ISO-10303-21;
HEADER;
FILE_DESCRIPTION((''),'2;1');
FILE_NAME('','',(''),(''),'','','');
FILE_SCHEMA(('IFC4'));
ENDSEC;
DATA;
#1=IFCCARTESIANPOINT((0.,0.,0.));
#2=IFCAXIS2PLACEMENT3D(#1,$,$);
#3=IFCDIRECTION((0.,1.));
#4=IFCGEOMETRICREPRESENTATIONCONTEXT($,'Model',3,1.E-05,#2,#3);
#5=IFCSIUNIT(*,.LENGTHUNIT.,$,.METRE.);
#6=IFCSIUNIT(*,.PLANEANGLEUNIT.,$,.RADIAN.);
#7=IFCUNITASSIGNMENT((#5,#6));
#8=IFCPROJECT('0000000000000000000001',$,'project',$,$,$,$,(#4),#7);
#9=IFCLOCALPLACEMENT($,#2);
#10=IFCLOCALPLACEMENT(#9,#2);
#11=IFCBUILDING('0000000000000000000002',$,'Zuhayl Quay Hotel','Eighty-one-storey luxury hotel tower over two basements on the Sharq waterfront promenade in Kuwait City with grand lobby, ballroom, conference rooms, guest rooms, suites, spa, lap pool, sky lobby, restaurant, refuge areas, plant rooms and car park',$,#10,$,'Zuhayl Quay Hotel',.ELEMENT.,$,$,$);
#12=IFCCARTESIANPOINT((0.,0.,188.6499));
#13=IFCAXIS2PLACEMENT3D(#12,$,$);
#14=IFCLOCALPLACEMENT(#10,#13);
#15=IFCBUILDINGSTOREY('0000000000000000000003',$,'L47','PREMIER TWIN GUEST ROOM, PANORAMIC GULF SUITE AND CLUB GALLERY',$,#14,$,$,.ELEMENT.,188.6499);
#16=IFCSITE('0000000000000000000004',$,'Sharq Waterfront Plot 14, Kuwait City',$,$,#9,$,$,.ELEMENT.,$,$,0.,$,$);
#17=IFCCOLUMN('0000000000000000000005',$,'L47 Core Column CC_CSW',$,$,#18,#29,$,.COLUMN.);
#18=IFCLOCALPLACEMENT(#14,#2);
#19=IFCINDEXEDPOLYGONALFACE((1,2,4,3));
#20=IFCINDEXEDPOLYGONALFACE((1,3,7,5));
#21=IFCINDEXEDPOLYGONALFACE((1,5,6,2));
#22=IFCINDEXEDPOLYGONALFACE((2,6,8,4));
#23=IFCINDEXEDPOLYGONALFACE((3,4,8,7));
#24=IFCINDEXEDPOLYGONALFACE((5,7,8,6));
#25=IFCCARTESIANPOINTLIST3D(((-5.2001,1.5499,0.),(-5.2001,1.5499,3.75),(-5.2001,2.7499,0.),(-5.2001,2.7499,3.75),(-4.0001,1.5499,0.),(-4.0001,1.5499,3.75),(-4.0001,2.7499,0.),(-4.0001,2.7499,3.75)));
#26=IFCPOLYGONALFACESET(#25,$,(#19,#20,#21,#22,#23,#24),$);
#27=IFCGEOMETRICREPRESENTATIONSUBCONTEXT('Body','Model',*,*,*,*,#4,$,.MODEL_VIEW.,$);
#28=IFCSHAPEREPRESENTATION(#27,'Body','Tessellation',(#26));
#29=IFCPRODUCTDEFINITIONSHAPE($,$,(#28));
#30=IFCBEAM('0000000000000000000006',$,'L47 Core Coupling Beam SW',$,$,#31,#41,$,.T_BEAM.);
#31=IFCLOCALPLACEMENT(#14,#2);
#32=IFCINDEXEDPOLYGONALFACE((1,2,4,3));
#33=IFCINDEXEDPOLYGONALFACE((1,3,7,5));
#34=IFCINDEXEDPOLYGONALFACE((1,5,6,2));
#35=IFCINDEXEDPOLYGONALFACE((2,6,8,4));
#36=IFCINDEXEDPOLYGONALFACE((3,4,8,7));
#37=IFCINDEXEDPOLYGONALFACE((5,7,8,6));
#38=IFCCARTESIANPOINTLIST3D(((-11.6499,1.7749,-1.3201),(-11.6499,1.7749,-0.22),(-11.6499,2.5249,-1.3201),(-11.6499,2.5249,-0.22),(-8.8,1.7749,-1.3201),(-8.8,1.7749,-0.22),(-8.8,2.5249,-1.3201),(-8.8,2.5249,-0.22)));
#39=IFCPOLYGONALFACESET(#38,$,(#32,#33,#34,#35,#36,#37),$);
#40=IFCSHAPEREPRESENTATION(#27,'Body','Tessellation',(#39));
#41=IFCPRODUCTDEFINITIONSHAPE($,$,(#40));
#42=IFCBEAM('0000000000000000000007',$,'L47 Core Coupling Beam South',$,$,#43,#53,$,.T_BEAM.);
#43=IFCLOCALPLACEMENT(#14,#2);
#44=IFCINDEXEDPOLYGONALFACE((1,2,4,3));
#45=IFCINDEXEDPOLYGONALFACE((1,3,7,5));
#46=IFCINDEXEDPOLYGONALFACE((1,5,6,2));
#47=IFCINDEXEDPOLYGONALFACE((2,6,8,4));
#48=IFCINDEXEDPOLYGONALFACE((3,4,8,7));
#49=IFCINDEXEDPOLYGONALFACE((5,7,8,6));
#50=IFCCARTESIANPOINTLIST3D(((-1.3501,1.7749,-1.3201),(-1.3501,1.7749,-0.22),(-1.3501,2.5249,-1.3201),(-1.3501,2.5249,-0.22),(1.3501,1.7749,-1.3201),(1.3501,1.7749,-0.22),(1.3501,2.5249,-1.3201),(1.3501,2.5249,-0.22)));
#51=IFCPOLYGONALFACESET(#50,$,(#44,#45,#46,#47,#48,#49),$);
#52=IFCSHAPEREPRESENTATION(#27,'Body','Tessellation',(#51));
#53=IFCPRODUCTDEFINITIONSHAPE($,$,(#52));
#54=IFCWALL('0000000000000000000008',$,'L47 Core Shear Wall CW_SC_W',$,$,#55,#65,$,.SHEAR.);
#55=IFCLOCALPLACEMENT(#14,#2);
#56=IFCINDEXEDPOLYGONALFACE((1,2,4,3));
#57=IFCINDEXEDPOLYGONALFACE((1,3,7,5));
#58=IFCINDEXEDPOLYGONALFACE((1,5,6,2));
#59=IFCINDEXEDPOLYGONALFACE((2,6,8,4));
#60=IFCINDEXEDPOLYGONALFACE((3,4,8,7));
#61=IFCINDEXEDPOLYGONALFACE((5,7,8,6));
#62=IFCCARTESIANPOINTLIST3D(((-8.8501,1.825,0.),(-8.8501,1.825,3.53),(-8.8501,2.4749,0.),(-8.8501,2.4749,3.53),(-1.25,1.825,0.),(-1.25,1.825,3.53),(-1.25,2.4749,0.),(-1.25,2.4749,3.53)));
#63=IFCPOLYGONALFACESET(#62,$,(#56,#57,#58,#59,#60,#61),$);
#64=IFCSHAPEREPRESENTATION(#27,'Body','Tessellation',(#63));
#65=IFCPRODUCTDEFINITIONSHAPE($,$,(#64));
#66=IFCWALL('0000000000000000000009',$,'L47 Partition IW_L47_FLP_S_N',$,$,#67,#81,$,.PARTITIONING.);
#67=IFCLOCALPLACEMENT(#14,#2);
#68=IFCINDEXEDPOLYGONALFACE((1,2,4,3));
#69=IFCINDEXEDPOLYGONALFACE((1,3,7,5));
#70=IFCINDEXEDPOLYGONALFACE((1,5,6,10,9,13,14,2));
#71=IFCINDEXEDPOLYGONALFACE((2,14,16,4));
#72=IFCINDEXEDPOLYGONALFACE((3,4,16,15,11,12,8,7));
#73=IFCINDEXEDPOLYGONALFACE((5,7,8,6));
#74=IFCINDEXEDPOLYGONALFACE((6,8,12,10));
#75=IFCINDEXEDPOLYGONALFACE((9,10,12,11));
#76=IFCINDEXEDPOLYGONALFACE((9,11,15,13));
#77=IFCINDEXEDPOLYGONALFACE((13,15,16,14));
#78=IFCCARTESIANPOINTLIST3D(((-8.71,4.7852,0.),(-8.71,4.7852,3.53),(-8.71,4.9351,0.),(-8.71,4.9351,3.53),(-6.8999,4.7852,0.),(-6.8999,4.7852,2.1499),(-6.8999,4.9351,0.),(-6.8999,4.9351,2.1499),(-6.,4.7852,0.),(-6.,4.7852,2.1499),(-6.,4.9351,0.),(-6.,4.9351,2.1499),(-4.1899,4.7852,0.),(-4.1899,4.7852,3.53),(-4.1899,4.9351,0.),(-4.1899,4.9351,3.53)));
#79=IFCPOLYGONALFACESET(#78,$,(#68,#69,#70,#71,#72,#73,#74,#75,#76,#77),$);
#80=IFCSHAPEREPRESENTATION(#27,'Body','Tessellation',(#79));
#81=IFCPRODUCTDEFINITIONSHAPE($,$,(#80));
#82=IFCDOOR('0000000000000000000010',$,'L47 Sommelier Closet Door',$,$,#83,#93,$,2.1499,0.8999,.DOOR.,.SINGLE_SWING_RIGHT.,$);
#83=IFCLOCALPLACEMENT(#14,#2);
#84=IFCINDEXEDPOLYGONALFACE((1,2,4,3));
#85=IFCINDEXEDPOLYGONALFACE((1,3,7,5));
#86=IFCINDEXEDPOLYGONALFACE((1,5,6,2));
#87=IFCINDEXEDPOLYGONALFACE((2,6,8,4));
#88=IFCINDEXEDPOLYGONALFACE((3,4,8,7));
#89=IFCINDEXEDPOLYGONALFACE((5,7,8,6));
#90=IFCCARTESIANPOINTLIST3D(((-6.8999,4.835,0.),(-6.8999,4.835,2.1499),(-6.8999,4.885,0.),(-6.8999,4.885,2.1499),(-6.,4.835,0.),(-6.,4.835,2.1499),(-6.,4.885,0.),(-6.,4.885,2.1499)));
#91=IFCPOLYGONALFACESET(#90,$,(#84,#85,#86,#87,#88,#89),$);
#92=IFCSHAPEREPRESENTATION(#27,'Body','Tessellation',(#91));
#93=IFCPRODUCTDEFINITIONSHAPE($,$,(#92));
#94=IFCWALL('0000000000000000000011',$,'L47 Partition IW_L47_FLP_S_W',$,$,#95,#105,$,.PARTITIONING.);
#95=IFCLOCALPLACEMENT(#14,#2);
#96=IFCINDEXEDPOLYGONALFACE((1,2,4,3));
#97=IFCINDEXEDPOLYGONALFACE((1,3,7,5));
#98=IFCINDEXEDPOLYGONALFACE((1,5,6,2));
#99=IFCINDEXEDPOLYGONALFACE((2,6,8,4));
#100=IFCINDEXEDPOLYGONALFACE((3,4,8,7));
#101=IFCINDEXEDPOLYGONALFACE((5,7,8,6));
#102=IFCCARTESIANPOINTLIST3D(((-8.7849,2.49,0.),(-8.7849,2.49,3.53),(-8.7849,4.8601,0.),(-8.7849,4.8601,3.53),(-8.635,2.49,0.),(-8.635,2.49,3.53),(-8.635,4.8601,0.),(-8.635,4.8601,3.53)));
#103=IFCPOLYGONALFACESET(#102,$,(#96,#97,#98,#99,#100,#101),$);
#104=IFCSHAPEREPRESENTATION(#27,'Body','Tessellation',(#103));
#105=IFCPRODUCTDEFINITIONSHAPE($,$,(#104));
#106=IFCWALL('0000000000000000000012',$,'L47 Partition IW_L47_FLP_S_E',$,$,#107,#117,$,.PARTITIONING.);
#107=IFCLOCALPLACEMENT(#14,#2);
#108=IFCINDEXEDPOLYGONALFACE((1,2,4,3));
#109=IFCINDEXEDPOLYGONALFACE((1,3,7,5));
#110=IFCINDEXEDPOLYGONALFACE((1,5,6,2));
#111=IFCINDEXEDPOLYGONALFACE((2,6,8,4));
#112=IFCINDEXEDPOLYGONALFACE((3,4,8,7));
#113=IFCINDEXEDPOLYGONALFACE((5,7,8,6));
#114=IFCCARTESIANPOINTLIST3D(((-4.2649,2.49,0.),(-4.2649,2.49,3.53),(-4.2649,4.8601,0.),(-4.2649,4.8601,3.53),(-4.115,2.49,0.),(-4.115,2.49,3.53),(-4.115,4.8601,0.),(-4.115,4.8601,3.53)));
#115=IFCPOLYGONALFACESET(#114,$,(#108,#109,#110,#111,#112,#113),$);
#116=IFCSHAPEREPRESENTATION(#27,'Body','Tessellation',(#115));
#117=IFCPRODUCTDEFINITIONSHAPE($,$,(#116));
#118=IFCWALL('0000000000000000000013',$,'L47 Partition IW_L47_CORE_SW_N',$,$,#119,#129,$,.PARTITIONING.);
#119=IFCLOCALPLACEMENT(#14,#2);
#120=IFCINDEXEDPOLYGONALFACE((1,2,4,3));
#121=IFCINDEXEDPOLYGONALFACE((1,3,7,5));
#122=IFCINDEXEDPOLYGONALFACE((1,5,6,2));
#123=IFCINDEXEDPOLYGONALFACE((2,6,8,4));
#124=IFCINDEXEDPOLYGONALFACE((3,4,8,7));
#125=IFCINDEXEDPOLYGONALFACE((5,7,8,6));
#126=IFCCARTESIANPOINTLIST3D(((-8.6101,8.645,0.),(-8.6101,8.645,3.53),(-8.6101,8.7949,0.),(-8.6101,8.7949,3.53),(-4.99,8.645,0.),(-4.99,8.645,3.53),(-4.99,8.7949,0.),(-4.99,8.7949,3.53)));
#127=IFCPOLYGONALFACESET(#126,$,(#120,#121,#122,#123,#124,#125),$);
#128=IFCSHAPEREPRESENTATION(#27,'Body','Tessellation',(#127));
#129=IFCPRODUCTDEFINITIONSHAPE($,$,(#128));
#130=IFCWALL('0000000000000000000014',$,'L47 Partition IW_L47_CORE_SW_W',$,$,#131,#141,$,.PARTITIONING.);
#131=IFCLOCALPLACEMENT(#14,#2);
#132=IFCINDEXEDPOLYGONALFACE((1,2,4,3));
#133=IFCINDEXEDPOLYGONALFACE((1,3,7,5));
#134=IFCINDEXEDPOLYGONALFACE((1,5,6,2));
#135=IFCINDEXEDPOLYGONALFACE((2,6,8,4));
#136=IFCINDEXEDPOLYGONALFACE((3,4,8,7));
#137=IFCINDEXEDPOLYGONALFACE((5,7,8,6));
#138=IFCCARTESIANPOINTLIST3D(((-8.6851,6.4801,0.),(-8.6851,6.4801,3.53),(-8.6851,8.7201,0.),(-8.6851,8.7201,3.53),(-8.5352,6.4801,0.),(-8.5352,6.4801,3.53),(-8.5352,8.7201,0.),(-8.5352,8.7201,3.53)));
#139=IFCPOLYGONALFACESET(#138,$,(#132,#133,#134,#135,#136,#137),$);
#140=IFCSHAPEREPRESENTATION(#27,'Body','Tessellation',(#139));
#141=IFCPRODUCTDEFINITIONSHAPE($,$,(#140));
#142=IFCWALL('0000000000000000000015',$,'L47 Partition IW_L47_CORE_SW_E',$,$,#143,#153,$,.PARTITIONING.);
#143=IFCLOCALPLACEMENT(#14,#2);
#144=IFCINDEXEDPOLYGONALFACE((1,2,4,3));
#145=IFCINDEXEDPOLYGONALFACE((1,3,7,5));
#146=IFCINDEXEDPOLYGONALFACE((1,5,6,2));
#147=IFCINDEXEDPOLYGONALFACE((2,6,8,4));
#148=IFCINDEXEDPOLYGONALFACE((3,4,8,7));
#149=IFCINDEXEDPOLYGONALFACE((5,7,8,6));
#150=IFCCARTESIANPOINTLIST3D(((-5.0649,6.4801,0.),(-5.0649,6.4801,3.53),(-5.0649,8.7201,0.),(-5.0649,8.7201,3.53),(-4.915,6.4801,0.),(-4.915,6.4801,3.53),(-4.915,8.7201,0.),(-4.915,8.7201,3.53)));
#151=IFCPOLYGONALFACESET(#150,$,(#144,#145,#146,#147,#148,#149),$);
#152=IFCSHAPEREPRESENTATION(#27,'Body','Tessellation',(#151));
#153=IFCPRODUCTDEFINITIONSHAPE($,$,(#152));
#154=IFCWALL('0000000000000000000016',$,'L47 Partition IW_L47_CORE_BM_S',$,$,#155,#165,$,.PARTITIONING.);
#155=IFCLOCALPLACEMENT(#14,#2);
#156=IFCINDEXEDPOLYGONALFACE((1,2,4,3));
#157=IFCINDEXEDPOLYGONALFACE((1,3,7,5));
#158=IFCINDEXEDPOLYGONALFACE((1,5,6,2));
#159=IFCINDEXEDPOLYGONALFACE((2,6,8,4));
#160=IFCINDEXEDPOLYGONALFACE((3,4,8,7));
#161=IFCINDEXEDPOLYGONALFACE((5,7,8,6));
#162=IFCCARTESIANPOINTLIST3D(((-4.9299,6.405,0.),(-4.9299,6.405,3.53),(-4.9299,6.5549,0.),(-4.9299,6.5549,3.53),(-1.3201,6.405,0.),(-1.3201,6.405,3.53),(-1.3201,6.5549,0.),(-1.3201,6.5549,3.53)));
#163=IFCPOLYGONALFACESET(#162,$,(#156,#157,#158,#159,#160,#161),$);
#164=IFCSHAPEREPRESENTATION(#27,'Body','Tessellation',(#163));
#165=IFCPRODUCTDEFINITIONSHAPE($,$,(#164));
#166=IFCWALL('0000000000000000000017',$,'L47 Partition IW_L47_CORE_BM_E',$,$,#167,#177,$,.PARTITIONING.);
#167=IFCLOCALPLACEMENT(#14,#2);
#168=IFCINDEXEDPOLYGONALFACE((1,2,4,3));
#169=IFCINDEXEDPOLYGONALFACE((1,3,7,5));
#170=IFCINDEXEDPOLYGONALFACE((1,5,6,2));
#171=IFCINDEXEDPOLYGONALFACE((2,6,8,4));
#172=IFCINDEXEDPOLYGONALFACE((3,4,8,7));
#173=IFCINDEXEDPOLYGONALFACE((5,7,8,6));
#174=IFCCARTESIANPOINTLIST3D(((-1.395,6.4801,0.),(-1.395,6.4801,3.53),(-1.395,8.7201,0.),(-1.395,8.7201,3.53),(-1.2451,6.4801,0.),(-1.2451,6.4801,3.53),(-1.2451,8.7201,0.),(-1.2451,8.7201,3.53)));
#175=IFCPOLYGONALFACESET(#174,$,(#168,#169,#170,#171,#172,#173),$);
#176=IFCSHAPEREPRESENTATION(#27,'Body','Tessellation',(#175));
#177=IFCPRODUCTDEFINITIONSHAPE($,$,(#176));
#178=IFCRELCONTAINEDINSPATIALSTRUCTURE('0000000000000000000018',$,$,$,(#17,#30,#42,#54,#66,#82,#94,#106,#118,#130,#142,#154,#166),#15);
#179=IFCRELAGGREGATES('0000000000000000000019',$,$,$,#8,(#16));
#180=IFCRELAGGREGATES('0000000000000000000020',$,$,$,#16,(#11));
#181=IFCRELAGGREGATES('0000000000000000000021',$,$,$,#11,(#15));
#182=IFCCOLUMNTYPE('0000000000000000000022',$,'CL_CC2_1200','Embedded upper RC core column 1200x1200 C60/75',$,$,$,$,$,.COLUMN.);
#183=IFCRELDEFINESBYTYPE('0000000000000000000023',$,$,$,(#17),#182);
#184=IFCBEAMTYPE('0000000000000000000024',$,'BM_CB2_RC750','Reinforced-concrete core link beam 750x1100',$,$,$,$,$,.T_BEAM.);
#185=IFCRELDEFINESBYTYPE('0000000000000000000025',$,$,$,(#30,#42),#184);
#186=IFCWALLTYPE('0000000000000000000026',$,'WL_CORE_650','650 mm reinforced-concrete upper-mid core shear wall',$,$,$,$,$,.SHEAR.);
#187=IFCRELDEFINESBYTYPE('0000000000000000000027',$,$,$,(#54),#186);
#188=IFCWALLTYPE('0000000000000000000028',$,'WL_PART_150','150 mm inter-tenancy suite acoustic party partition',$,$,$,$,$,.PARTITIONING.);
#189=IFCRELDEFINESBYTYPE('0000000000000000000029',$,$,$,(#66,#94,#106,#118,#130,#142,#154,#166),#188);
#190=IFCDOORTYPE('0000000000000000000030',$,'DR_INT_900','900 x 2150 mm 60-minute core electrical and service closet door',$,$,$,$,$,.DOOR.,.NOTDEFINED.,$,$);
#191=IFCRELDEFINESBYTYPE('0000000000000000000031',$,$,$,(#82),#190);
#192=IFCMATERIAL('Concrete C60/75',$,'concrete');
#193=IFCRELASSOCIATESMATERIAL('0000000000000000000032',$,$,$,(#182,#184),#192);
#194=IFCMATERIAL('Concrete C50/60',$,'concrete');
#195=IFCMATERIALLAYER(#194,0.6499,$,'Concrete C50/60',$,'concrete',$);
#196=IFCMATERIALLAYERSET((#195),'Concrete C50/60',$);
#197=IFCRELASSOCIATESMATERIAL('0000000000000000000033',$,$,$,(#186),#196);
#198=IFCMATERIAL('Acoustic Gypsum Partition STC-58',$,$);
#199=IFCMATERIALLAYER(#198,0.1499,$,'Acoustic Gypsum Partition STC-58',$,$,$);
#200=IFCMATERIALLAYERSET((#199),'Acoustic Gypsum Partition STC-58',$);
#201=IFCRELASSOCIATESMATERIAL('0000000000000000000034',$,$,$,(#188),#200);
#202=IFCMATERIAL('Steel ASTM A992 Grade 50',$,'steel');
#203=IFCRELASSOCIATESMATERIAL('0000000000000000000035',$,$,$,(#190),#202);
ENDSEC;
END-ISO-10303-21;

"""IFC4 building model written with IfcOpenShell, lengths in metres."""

from ifc_helpers import new_model, si_unit, direction, frame, frame_2d, origin, origin_2d, place, context, subcontext, project, spatial, rectangle, extrude, material, layer, layer_set, material_profile, profile_set, type_object, element, fill, save


model = new_model("IFC4")

# Units and contexts
model_context = context("Model", 3, precision=1e-05, world=origin(), true_north=direction((0.0, 1.0)))
body_context = subcontext(model_context, "Body", "Model", "MODEL_VIEW")
ifc_project = project(units=[si_unit("LENGTHUNIT", "METRE"), si_unit("PLANEANGLEUNIT", "RADIAN")], contexts=[model_context])

# Site, building, storey
site_placement = place(None, origin())
site = spatial("IfcSite", under=ifc_project, at=site_placement, Name="Sharq Waterfront Plot 14, Kuwait City", CompositionType="ELEMENT", RefElevation=0.0)
building_placement = place(site_placement, origin())
building = spatial("IfcBuilding", under=site, at=building_placement, Name="Zuhayl Quay Hotel", Description="Eighty-one-storey luxury hotel tower over two basements on the Sharq waterfront promenade in Kuwait City with grand lobby, ballroom, conference rooms, guest rooms, suites, spa, lap pool, sky lobby, restaurant, refuge areas, plant rooms and car park", LongName="Zuhayl Quay Hotel", CompositionType="ELEMENT")
storey_placement = place(building_placement, frame((0.0, 0.0, 188.6499)))
storey = spatial("IfcBuildingStorey", under=building, at=storey_placement, Name="L47", Description="PREMIER TWIN GUEST ROOM, PANORAMIC GULF SUITE AND CLUB GALLERY", CompositionType="ELEMENT", Elevation=188.6499)

# Column
ifc_material_1 = material(Name="Concrete C60/75", Category="concrete")
ifc_material_profile_1 = material_profile(ifc_material_1, rectangle(XDim=1.2, YDim=1.2, at=origin_2d()), Name="RC1200X1200")
ifc_profile_set_1 = profile_set([ifc_material_profile_1], Name="Concrete C60/75")
column_type = type_object("IfcColumnType", Name="CL_CC2_1200", Description="Embedded upper RC core column 1200x1200 C60/75", PredefinedType="COLUMN", material=ifc_profile_set_1)
column_placement = place(storey_placement, frame((-4.6001, 2.1499, 0.0), z_axis=(0.0, 0.0, 1.0), x_axis=(1.0, 0.0, 0.0)))
element("IfcColumn", 1, at=column_placement, inside=storey, type_object=column_type, Name="L47 Core Column CC_CSW", PredefinedType="COLUMN", context=body_context, shape_type="SweptSolid", body=[
    extrude(rectangle(XDim=1.2, YDim=1.2, at=origin_2d()), origin(), (0.0, 0.0, 1.0), 3.75),
])

# Beams
ifc_material_profile_2 = material_profile(ifc_material_1, rectangle(XDim=0.75, YDim=1.1001, at=origin_2d()), Name="RC750X1100")
ifc_profile_set_2 = profile_set([ifc_material_profile_2], Name="Concrete C60/75")
beam_type = type_object("IfcBeamType", Name="BM_CB2_RC750", Description="Reinforced-concrete core link beam 750x1100", PredefinedType="T_BEAM", material=ifc_profile_set_2)
beam_1_placement = place(storey_placement, frame((-11.6499, 2.1499, -0.77), z_axis=(1.0, 0.0, 0.0), x_axis=(0.0, 1.0, 0.0)))
element("IfcBeam", 2, at=beam_1_placement, inside=storey, type_object=beam_type, Name="L47 Core Coupling Beam SW", PredefinedType="T_BEAM", context=body_context, shape_type="SweptSolid", body=[
    extrude(rectangle(XDim=0.75, YDim=1.1001, at=origin_2d()), origin(), (0.0, 0.0, 1.0), 2.8499),
])
beam_2_placement = place(storey_placement, frame((-1.3501, 2.1499, -0.77), z_axis=(1.0, 0.0, 0.0), x_axis=(0.0, 1.0, 0.0)))
element("IfcBeam", 3, at=beam_2_placement, inside=storey, type_object=beam_type, Name="L47 Core Coupling Beam South", PredefinedType="T_BEAM", context=body_context, shape_type="SweptSolid", body=[
    extrude(rectangle(XDim=0.75, YDim=1.1001, at=origin_2d()), origin(), (0.0, 0.0, 1.0), 2.7002),
])

# Wall
ifc_material_2 = material(Name="Concrete C50/60", Category="concrete")
ifc_layer_1 = layer(ifc_material_2, 0.6499, Name="Concrete C50/60", Category="concrete")
ifc_layer_set_1 = layer_set([ifc_layer_1], Name="Concrete C50/60")
wall_type_1 = type_object("IfcWallType", Name="WL_CORE_650", Description="650 mm reinforced-concrete upper-mid core shear wall", PredefinedType="SHEAR", material=ifc_layer_set_1)
wall_1_placement = place(storey_placement, frame((-8.8501, 2.1499, 0.0), z_axis=(0.0, 0.0, 1.0), x_axis=(1.0, 0.0, 0.0)))
element("IfcWall", 4, at=wall_1_placement, inside=storey, type_object=wall_type_1, Name="L47 Core Shear Wall CW_SC_W", PredefinedType="SHEAR", context=body_context, shape_type="SweptSolid", body=[
    extrude(rectangle(XDim=7.6001, YDim=0.6499, at=frame_2d((3.8, 0.0))), origin(), (0.0, 0.0, 1.0), 3.53),
])

# Wall, opening, door
ifc_material_3 = material(Name="Acoustic Gypsum Partition STC-58")
ifc_layer_2 = layer(ifc_material_3, 0.1499, Name="Acoustic Gypsum Partition STC-58")
ifc_layer_set_2 = layer_set([ifc_layer_2], Name="Acoustic Gypsum Partition STC-58")
wall_type_2 = type_object("IfcWallType", Name="WL_PART_150", Description="150 mm inter-tenancy suite acoustic party partition", PredefinedType="PARTITIONING", material=ifc_layer_set_2)
wall_2_placement = place(storey_placement, frame((-8.71, 4.8601, 0.0), z_axis=(0.0, 0.0, 1.0), x_axis=(1.0, 0.0, 0.0)))
wall_2 = element("IfcWall", 5, at=wall_2_placement, inside=storey, type_object=wall_type_2, Name="L47 Partition IW_L47_FLP_S_N", PredefinedType="PARTITIONING", context=body_context, shape_type="SweptSolid", body=[
    extrude(rectangle(XDim=4.52, YDim=0.1499, at=frame_2d((2.26, 0.0))), origin(), (0.0, 0.0, 1.0), 3.53),
])
opening_1_placement = place(wall_2_placement, frame((1.8101, 0.0, 0.0)))
opening_1 = element("IfcOpeningElement", 6, at=opening_1_placement, cuts=wall_2, PredefinedType="OPENING", context=body_context, shape_type="SweptSolid", body=[
    extrude(rectangle(XDim=0.8999, YDim=2.1499, at=frame_2d((0.45, 1.075))), frame((0.0, 0.085, 0.0), z_axis=(0.0, -1.0, 0.0), x_axis=(1.0, 0.0, 0.0)), (0.0, 0.0, 1.0), 0.1699),
])
ifc_material_4 = material(Name="Steel ASTM A992 Grade 50", Category="steel")
door_type_1 = type_object("IfcDoorType", Name="DR_INT_900", Description="900 x 2150 mm 60-minute core electrical and service closet door", OperationType="NOTDEFINED", PredefinedType="DOOR", material=ifc_material_4)
door_1_placement = place(opening_1_placement, origin())
door_1 = element("IfcDoor", 7, at=door_1_placement, inside=storey, type_object=door_type_1, Name="L47 Sommelier Closet Door", OperationType="SINGLE_SWING_RIGHT", OverallHeight=2.1499, OverallWidth=0.8999, PredefinedType="DOOR", context=body_context, shape_type="SweptSolid", body=[
    extrude(rectangle(XDim=0.8999, YDim=2.1499, at=frame_2d((0.45, 1.075))), frame((0.0, 0.0249, 0.0), z_axis=(0.0, -1.0, 0.0), x_axis=(1.0, 0.0, 0.0)), (0.0, 0.0, 1.0), 0.05),
])
fill(opening_1, door_1)

# Walls
for number, where, z_axis, x_axis, name in (
    (8, (-8.71, 2.49, 0.0), (0.0, 0.0, 1.0), (0.0, 1.0, 0.0), "L47 Partition IW_L47_FLP_S_W"),
    (9, (-4.1899, 2.49, 0.0), (0.0, 0.0, 1.0), (0.0, 1.0, 0.0), "L47 Partition IW_L47_FLP_S_E"),
):
    element("IfcWall", number, at=place(storey_placement, frame(where, z_axis=z_axis, x_axis=x_axis)), inside=storey, type_object=wall_type_2, Name=name, PredefinedType="PARTITIONING", context=body_context, shape_type="SweptSolid", body=[
        extrude(rectangle(XDim=2.3701, YDim=0.1499, at=frame_2d((1.1851, 0.0))), origin(), (0.0, 0.0, 1.0), 3.53),
    ])
wall_3_placement = place(storey_placement, frame((-8.6101, 8.72, 0.0), z_axis=(0.0, 0.0, 1.0), x_axis=(1.0, 0.0, 0.0)))
element("IfcWall", 10, at=wall_3_placement, inside=storey, type_object=wall_type_2, Name="L47 Partition IW_L47_CORE_SW_N", PredefinedType="PARTITIONING", context=body_context, shape_type="SweptSolid", body=[
    extrude(rectangle(XDim=3.6201, YDim=0.1499, at=frame_2d((1.8101, 0.0))), origin(), (0.0, 0.0, 1.0), 3.53),
])
for number, where, z_axis, x_axis, name in (
    (11, (-8.6101, 6.48, 0.0), (0.0, 0.0, 1.0), (0.0, 1.0, 0.0), "L47 Partition IW_L47_CORE_SW_W"),
    (12, (-4.99, 6.48, 0.0), (0.0, 0.0, 1.0), (0.0, 1.0, 0.0), "L47 Partition IW_L47_CORE_SW_E"),
):
    element("IfcWall", number, at=place(storey_placement, frame(where, z_axis=z_axis, x_axis=x_axis)), inside=storey, type_object=wall_type_2, Name=name, PredefinedType="PARTITIONING", context=body_context, shape_type="SweptSolid", body=[
        extrude(rectangle(XDim=2.24, YDim=0.1499, at=frame_2d((1.1201, 0.0))), origin(), (0.0, 0.0, 1.0), 3.53),
    ])
wall_4_placement = place(storey_placement, frame((-4.9299, 6.48, 0.0), z_axis=(0.0, 0.0, 1.0), x_axis=(1.0, 0.0, 0.0)))
element("IfcWall", 13, at=wall_4_placement, inside=storey, type_object=wall_type_2, Name="L47 Partition IW_L47_CORE_BM_S", PredefinedType="PARTITIONING", context=body_context, shape_type="SweptSolid", body=[
    extrude(rectangle(XDim=3.6099, YDim=0.1499, at=frame_2d((1.8049, 0.0))), origin(), (0.0, 0.0, 1.0), 3.53),
])
wall_5_placement = place(storey_placement, frame((-1.3201, 6.48, 0.0), z_axis=(0.0, 0.0, 1.0), x_axis=(0.0, 1.0, 0.0)))
element("IfcWall", 14, at=wall_5_placement, inside=storey, type_object=wall_type_2, Name="L47 Partition IW_L47_CORE_BM_E", PredefinedType="PARTITIONING", context=body_context, shape_type="SweptSolid", body=[
    extrude(rectangle(XDim=2.24, YDim=0.1499, at=frame_2d((1.1201, 0.0))), origin(), (0.0, 0.0, 1.0), 3.53),
])

save(model, "model.ifc")
